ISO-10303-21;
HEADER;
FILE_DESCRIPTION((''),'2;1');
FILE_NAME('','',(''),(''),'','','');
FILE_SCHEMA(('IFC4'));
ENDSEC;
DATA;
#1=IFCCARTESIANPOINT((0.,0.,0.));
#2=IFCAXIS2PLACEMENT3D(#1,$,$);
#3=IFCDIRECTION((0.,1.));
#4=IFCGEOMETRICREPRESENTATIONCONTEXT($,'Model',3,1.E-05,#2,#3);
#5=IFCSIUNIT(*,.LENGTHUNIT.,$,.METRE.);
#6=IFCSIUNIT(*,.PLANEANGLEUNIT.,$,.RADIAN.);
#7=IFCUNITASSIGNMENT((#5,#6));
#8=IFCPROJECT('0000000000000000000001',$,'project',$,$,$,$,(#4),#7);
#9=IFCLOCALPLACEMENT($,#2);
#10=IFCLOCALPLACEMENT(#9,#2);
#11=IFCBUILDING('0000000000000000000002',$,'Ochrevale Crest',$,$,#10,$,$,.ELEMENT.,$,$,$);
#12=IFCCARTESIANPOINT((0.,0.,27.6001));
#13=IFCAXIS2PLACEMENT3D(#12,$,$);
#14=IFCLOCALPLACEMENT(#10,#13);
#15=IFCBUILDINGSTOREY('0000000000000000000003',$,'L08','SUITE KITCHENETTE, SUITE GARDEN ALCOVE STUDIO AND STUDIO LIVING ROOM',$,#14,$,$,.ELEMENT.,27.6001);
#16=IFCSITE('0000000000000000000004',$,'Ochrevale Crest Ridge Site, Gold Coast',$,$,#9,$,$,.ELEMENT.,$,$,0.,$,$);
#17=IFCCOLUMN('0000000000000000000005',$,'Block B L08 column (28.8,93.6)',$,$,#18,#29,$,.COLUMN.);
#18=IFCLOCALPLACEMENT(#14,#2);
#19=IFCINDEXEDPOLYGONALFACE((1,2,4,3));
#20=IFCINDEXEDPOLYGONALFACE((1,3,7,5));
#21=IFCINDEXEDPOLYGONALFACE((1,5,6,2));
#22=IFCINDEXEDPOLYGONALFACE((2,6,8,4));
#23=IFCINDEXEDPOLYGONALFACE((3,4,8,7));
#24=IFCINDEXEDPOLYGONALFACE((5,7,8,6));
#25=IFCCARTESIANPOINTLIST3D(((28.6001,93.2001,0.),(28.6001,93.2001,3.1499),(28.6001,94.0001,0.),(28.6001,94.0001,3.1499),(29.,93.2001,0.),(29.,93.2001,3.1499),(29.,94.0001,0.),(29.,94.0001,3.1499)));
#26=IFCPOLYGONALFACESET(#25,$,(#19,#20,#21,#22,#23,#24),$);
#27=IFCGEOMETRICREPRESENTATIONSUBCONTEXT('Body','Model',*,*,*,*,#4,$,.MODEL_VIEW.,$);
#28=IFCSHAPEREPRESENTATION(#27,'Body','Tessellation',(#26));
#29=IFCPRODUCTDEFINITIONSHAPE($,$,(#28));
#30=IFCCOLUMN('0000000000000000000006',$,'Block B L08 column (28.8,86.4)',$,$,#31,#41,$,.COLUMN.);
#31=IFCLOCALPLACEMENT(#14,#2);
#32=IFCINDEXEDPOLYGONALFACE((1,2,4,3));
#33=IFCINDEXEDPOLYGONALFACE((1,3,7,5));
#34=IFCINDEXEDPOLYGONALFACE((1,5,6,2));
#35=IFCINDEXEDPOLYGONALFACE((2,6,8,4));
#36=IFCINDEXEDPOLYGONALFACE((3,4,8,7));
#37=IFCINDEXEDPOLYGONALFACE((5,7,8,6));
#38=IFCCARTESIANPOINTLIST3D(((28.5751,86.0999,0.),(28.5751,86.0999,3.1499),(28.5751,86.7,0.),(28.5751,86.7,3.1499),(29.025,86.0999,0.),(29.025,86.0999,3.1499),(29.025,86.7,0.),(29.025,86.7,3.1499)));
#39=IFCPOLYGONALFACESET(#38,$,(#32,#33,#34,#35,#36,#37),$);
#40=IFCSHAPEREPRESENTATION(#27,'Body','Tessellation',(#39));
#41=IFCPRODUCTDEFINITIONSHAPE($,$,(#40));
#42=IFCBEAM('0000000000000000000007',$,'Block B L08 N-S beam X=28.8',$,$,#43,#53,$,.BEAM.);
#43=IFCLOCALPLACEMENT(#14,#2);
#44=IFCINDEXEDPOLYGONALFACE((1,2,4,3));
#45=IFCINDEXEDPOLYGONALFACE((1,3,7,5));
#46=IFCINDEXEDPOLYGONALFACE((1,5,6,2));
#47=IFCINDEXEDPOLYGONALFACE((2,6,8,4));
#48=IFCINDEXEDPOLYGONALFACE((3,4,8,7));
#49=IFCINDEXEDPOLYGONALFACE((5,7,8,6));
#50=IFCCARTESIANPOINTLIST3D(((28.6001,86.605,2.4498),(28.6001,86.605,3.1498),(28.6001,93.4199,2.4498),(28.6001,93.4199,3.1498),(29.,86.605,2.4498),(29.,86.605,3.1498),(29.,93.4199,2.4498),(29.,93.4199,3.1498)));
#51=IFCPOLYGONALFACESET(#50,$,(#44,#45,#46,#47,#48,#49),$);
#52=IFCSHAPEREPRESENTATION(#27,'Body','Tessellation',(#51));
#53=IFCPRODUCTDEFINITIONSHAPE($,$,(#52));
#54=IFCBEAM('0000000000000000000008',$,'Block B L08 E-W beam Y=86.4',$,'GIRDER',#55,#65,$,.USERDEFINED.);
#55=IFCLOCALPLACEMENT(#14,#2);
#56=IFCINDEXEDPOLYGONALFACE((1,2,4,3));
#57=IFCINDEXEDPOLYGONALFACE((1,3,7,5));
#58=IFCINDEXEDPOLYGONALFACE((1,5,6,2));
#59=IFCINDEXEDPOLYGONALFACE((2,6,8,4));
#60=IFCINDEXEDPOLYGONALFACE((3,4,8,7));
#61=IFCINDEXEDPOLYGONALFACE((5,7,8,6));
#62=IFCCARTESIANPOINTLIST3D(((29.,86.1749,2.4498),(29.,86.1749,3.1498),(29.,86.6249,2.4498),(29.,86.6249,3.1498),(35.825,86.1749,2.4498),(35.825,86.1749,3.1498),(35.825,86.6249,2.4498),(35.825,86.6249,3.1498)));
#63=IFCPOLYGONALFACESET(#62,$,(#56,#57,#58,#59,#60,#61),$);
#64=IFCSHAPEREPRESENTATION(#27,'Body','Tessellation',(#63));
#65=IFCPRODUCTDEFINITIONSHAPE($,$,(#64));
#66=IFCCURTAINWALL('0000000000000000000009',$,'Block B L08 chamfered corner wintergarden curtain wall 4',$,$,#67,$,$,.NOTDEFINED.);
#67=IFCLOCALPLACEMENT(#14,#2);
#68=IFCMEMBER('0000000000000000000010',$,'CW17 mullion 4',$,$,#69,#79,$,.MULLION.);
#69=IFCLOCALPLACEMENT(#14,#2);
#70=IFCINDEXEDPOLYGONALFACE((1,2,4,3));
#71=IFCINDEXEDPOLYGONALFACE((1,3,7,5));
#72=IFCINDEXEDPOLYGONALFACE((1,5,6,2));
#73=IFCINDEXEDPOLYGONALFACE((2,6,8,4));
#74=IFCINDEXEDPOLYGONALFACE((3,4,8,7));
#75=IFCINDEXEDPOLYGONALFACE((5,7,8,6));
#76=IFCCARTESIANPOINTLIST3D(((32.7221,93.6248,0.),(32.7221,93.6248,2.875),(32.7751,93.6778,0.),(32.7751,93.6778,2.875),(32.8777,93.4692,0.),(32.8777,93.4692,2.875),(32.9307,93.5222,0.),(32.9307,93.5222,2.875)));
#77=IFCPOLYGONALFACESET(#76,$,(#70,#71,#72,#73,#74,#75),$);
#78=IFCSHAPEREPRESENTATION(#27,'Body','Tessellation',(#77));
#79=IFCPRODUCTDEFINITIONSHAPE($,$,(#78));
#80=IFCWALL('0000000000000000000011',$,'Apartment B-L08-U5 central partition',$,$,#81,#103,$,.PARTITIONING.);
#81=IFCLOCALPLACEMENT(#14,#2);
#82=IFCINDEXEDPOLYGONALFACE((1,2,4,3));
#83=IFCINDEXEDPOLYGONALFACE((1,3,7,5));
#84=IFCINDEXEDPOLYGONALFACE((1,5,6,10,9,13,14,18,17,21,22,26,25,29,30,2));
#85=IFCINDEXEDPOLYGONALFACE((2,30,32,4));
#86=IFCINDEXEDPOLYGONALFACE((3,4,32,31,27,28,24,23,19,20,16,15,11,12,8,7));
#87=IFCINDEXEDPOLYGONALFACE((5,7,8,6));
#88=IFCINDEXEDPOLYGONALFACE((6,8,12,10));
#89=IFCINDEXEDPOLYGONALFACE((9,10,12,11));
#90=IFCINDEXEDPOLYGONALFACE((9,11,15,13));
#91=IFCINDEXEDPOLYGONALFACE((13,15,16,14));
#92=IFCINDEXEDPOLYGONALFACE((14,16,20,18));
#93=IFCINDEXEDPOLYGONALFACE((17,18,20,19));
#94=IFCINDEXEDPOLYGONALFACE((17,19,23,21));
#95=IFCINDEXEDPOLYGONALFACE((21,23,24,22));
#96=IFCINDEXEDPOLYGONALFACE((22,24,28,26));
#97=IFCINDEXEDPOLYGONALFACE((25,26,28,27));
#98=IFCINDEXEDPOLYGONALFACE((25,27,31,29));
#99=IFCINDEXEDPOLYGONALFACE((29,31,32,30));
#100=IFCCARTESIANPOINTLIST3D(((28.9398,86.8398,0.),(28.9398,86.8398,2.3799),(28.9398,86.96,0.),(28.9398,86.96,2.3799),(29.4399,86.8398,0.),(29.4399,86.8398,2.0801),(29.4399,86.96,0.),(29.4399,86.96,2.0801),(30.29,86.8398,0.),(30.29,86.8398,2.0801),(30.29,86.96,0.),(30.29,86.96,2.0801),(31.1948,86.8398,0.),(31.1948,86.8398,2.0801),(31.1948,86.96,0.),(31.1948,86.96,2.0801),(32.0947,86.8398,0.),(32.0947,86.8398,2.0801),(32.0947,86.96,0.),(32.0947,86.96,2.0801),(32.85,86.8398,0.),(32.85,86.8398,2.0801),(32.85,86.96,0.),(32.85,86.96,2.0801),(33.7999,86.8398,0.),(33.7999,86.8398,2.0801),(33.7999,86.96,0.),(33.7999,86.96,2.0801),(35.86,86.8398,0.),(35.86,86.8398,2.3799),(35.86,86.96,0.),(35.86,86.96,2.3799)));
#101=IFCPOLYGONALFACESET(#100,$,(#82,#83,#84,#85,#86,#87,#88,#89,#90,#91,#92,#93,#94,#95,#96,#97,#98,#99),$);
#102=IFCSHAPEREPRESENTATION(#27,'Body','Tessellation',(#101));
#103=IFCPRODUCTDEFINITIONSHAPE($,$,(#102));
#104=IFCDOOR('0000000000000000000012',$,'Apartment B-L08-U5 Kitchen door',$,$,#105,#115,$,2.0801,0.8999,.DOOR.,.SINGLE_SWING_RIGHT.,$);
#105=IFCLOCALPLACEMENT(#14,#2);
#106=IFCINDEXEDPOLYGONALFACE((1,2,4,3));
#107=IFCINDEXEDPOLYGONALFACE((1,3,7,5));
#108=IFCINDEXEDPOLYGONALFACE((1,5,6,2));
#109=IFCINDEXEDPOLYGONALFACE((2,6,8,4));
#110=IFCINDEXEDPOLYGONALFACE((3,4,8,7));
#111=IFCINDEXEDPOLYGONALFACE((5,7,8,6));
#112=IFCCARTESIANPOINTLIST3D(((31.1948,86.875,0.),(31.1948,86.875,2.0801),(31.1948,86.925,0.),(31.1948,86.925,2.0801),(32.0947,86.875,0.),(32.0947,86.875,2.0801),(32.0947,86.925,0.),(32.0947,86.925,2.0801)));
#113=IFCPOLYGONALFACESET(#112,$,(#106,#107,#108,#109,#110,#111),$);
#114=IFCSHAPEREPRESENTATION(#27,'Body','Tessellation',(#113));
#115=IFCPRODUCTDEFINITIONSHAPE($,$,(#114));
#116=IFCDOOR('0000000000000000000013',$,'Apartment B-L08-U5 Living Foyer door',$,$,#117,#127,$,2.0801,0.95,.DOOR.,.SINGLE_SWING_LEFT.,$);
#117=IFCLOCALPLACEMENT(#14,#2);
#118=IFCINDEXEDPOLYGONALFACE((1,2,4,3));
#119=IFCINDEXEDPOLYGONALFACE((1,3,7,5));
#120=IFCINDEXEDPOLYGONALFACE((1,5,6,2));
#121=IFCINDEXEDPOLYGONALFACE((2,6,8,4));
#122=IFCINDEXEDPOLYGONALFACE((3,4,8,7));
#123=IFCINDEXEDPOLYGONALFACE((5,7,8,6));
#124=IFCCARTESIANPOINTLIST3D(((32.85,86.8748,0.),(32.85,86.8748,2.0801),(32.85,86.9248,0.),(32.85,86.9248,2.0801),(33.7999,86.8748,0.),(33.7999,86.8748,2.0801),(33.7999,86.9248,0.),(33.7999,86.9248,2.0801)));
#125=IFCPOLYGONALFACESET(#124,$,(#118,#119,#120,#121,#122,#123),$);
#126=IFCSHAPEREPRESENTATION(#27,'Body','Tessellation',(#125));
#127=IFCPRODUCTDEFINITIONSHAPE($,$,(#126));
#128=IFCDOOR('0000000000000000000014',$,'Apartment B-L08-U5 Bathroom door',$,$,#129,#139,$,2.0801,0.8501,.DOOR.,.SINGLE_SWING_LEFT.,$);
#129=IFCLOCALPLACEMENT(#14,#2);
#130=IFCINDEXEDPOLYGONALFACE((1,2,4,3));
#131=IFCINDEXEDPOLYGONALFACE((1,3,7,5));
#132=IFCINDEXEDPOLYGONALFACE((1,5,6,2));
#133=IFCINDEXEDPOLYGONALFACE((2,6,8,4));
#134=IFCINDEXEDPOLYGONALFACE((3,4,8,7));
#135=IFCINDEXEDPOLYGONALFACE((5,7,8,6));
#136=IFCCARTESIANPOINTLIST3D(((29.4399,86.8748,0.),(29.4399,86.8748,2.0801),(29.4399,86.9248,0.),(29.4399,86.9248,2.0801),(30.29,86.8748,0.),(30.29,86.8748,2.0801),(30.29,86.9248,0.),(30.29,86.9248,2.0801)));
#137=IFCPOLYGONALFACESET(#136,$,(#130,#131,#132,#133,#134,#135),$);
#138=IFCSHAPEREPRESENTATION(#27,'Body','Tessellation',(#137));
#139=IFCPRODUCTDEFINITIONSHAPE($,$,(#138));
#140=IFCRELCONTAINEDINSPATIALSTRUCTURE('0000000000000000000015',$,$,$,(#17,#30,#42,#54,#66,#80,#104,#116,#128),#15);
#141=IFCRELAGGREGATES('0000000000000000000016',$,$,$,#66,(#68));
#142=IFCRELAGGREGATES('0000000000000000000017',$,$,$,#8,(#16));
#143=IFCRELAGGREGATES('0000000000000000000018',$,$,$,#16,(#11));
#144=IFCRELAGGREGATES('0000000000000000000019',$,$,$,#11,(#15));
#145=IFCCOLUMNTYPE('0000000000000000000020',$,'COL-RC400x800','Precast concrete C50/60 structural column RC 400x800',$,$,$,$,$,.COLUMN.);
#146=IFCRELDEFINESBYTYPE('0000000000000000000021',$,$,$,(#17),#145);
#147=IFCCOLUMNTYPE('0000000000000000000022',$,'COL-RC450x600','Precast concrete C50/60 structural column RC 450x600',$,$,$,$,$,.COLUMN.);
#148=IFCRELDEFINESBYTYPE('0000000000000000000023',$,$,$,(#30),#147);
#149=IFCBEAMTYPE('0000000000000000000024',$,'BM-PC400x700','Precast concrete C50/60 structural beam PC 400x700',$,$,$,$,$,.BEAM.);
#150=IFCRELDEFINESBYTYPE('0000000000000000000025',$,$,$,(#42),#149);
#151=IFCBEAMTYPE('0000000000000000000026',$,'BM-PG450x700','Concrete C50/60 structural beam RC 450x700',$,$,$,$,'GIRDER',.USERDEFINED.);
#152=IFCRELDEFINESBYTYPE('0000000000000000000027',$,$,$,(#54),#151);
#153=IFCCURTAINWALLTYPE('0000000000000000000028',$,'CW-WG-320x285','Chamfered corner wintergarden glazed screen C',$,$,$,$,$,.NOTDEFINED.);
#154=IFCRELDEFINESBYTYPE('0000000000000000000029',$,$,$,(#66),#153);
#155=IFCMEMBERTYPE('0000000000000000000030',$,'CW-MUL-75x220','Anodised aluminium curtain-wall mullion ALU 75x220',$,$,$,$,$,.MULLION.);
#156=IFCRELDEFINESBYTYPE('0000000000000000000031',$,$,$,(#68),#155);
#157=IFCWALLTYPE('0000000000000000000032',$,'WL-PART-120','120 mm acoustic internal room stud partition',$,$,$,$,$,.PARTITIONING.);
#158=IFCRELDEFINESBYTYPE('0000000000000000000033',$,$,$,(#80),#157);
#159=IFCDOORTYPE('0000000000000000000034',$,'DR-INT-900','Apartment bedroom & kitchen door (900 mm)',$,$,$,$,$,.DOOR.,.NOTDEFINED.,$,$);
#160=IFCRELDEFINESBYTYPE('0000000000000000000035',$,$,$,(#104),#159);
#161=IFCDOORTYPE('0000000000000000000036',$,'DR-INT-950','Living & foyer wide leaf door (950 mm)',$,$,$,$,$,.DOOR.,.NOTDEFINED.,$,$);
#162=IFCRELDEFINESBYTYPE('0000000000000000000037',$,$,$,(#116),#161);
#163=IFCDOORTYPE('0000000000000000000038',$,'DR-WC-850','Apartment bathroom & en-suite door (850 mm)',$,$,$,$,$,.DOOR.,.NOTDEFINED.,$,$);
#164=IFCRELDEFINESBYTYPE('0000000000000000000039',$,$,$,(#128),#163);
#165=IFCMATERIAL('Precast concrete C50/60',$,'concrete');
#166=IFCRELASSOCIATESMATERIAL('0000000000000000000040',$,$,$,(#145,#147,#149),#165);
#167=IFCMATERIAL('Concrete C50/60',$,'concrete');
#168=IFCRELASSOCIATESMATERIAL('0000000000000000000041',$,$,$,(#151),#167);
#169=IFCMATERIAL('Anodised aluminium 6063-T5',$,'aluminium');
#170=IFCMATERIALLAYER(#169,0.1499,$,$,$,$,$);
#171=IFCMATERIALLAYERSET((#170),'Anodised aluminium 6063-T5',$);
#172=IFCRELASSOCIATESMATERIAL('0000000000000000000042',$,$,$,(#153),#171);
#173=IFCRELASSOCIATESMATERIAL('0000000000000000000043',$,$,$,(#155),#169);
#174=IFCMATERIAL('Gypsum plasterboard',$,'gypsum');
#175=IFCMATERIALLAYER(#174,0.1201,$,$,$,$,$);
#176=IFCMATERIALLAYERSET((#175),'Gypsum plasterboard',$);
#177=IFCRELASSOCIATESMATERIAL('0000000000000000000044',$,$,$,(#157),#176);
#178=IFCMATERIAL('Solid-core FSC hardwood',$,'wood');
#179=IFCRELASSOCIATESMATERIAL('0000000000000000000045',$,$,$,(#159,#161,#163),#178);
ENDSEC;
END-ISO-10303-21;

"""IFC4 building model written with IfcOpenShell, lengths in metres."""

from ifc_helpers import new_model, si_unit, direction, frame, frame_2d, origin, origin_2d, place, context, subcontext, project, spatial, rectangle, extrude, material, layer, layer_set, material_profile, profile_set, type_object, element, fill, aggregate, save


model = new_model("IFC4")

# Units and contexts
model_context = context("Model", 3, precision=1e-05, world=origin(), true_north=direction((0.0, 1.0)))
body_context = subcontext(model_context, "Body", "Model", "MODEL_VIEW")
ifc_project = project(units=[si_unit("LENGTHUNIT", "METRE"), si_unit("PLANEANGLEUNIT", "RADIAN")], contexts=[model_context])

# Site, building, storey
site_placement = place(None, origin())
site = spatial("IfcSite", under=ifc_project, at=site_placement, Name="Ochrevale Crest Ridge Site, Gold Coast", CompositionType="ELEMENT", RefElevation=0.0)
building_placement = place(site_placement, origin())
building = spatial("IfcBuilding", under=site, at=building_placement, Name="Ochrevale Crest", CompositionType="ELEMENT")
storey_placement = place(building_placement, frame((0.0, 0.0, 27.6001)))
storey = spatial("IfcBuildingStorey", under=building, at=storey_placement, Name="L08", Description="SUITE KITCHENETTE, SUITE GARDEN ALCOVE STUDIO AND STUDIO LIVING ROOM", CompositionType="ELEMENT", Elevation=27.6001)

# Columns
ifc_material_1 = material(Name="Precast concrete C50/60", Category="concrete")
ifc_material_profile_1 = material_profile(ifc_material_1, rectangle(XDim=0.3999, YDim=0.8, at=origin_2d()), Name="RC 400x800")
ifc_profile_set_1 = profile_set([ifc_material_profile_1], Name="Precast concrete C50/60")
column_type_1 = type_object("IfcColumnType", Name="COL-RC400x800", Description="Precast concrete C50/60 structural column RC 400x800", PredefinedType="COLUMN", material=ifc_profile_set_1)
column_1_placement = place(storey_placement, frame((28.8, 93.6001, 0.0), z_axis=(0.0, 0.0, 1.0), x_axis=(1.0, 0.0, 0.0)))
element("IfcColumn", 1, at=column_1_placement, inside=storey, type_object=column_type_1, Name="Block B L08 column (28.8,93.6)", PredefinedType="COLUMN", context=body_context, shape_type="SweptSolid", body=[
    extrude(rectangle(XDim=0.3999, YDim=0.8, at=origin_2d()), origin(), (0.0, 0.0, 1.0), 3.1499),
])
ifc_material_profile_2 = material_profile(ifc_material_1, rectangle(XDim=0.45, YDim=0.6001, at=origin_2d()), Name="RC 450x600")
ifc_profile_set_2 = profile_set([ifc_material_profile_2], Name="Precast concrete C50/60")
column_type_2 = type_object("IfcColumnType", Name="COL-RC450x600", Description="Precast concrete C50/60 structural column RC 450x600", PredefinedType="COLUMN", material=ifc_profile_set_2)
column_2_placement = place(storey_placement, frame((28.8, 86.3999, 0.0), z_axis=(0.0, 0.0, 1.0), x_axis=(1.0, 0.0, 0.0)))
element("IfcColumn", 2, at=column_2_placement, inside=storey, type_object=column_type_2, Name="Block B L08 column (28.8,86.4)", PredefinedType="COLUMN", context=body_context, shape_type="SweptSolid", body=[
    extrude(rectangle(XDim=0.45, YDim=0.6001, at=origin_2d()), origin(), (0.0, 0.0, 1.0), 3.1499),
])

# Beams
ifc_material_profile_3 = material_profile(ifc_material_1, rectangle(XDim=0.3999, YDim=0.7, at=origin_2d()), Name="PC 400x700")
ifc_profile_set_3 = profile_set([ifc_material_profile_3], Name="Precast concrete C50/60")
beam_type_1 = type_object("IfcBeamType", Name="BM-PC400x700", Description="Precast concrete C50/60 structural beam PC 400x700", PredefinedType="BEAM", material=ifc_profile_set_3)
beam_1_placement = place(storey_placement, frame((28.8, 86.605, 2.7998), z_axis=(0.0, 1.0, 0.0), x_axis=(-1.0, 0.0, 0.0)))
element("IfcBeam", 3, at=beam_1_placement, inside=storey, type_object=beam_type_1, Name="Block B L08 N-S beam X=28.8", PredefinedType="BEAM", context=body_context, shape_type="SweptSolid", body=[
    extrude(rectangle(XDim=0.3999, YDim=0.7, at=origin_2d()), origin(), (0.0, 0.0, 1.0), 6.8149),
])
ifc_material_2 = material(Name="Concrete C50/60", Category="concrete")
ifc_material_profile_4 = material_profile(ifc_material_2, rectangle(XDim=0.45, YDim=0.7, at=origin_2d()), Name="RC 450x700")
ifc_profile_set_4 = profile_set([ifc_material_profile_4], Name="Concrete C50/60")
beam_type_2 = type_object("IfcBeamType", Name="BM-PG450x700", Description="Concrete C50/60 structural beam RC 450x700", ElementType="GIRDER", PredefinedType="USERDEFINED", material=ifc_profile_set_4)
beam_2_placement = place(storey_placement, frame((29.0, 86.3999, 2.7998), z_axis=(1.0, 0.0, 0.0), x_axis=(0.0, 1.0, 0.0)))
element("IfcBeam", 4, at=beam_2_placement, inside=storey, type_object=beam_type_2, Name="Block B L08 E-W beam Y=86.4", ObjectType="GIRDER", PredefinedType="USERDEFINED", context=body_context, shape_type="SweptSolid", body=[
    extrude(rectangle(XDim=0.45, YDim=0.7, at=origin_2d()), origin(), (0.0, 0.0, 1.0), 6.825),
])

# Curtain wall, member
ifc_material_3 = material(Name="Anodised aluminium 6063-T5", Category="aluminium")
ifc_layer_1 = layer(ifc_material_3, 0.1499)
ifc_layer_set_1 = layer_set([ifc_layer_1], Name="Anodised aluminium 6063-T5")
curtain_wall_type = type_object("IfcCurtainWallType", Name="CW-WG-320x285", Description="Chamfered corner wintergarden glazed screen C", PredefinedType="NOTDEFINED", material=ifc_layer_set_1)
curtain_wall_placement = place(storey_placement, origin())
curtain_wall = element("IfcCurtainWall", 5, at=curtain_wall_placement, inside=storey, type_object=curtain_wall_type, Name="Block B L08 chamfered corner wintergarden curtain wall 4", PredefinedType="NOTDEFINED")
ifc_material_profile_5 = material_profile(ifc_material_3, rectangle(XDim=0.075, YDim=0.22, at=origin_2d()), Name="ALU 75x220")
ifc_profile_set_5 = profile_set([ifc_material_profile_5], Name="Anodised aluminium 6063-T5")
member_type = type_object("IfcMemberType", Name="CW-MUL-75x220", Description="Anodised aluminium curtain-wall mullion ALU 75x220", PredefinedType="MULLION", material=ifc_profile_set_5)
member_placement = place(storey_placement, frame((32.8264, 93.5735, 0.0), z_axis=(0.0, 0.0, 1.0), x_axis=(-0.707107, -0.707107, 0.0)))
member = element("IfcMember", 6, at=member_placement, type_object=member_type, Name="CW17 mullion 4", PredefinedType="MULLION", context=body_context, shape_type="SweptSolid", body=[
    extrude(rectangle(XDim=0.075, YDim=0.22, at=origin_2d()), origin(), (0.0, 0.0, 1.0), 2.875),
])
aggregate(curtain_wall, [member])

# Wall, openings, doors
ifc_material_4 = material(Name="Gypsum plasterboard", Category="gypsum")
ifc_layer_2 = layer(ifc_material_4, 0.1201)
ifc_layer_set_2 = layer_set([ifc_layer_2], Name="Gypsum plasterboard")
wall_type_1 = type_object("IfcWallType", Name="WL-PART-120", Description="120 mm acoustic internal room stud partition", PredefinedType="PARTITIONING", material=ifc_layer_set_2)
wall_1_placement = place(storey_placement, frame((28.9399, 86.8999, 0.0), z_axis=(0.0, 0.0, 1.0), x_axis=(1.0, 0.0, 0.0)))
wall_1 = element("IfcWall", 7, at=wall_1_placement, inside=storey, type_object=wall_type_1, Name="Apartment B-L08-U5 central partition", PredefinedType="PARTITIONING", context=body_context, shape_type="SweptSolid", body=[
    extrude(rectangle(XDim=6.9202, YDim=0.1201, at=frame_2d((3.46, 0.0))), origin(), (0.0, 0.0, 1.0), 2.3799),
])
opening_1_placement = place(wall_1_placement, frame((0.5, 0.0, 0.0)))
opening_1 = element("IfcOpeningElement", 8, at=opening_1_placement, cuts=wall_1, PredefinedType="OPENING", context=body_context, shape_type="SweptSolid", body=[
    extrude(rectangle(XDim=0.8501, YDim=2.0801, at=frame_2d((0.425, 1.04))), frame((0.0, 0.0701, 0.0), z_axis=(0.0, -1.0, 0.0), x_axis=(1.0, 0.0, 0.0)), (0.0, 0.0, 1.0), 0.1401),
])
opening_2_placement = place(wall_1_placement, frame((3.1548, 0.0, 0.0), z_axis=(0.0, 0.0, 1.0), x_axis=(-1.0, 0.0, 0.0)))
opening_2 = element("IfcOpeningElement", 9, at=opening_2_placement, cuts=wall_1, PredefinedType="OPENING", context=body_context, shape_type="SweptSolid", body=[
    extrude(rectangle(XDim=0.8999, YDim=2.0801, at=frame_2d((0.45, 1.04))), frame((0.0, 0.0701, 0.0), z_axis=(0.0, -1.0, 0.0), x_axis=(1.0, 0.0, 0.0)), (0.0, 0.0, 1.0), 0.1401),
])
opening_3_placement = place(wall_1_placement, frame((3.9099, 0.0, 0.0)))
opening_3 = element("IfcOpeningElement", 10, at=opening_3_placement, cuts=wall_1, PredefinedType="OPENING", context=body_context, shape_type="SweptSolid", body=[
    extrude(rectangle(XDim=0.95, YDim=2.0801, at=frame_2d((0.4751, 1.04))), frame((0.0, 0.0701, 0.0), z_axis=(0.0, -1.0, 0.0), x_axis=(1.0, 0.0, 0.0)), (0.0, 0.0, 1.0), 0.1401),
])
ifc_material_5 = material(Name="Solid-core FSC hardwood", Category="wood")
door_type_1 = type_object("IfcDoorType", Name="DR-INT-900", Description="Apartment bedroom & kitchen door (900 mm)", OperationType="NOTDEFINED", PredefinedType="DOOR", material=ifc_material_5)
door_1_placement = place(opening_2_placement, origin())
door_1 = element("IfcDoor", 11, at=door_1_placement, inside=storey, type_object=door_type_1, Name="Apartment B-L08-U5 Kitchen door", OperationType="SINGLE_SWING_RIGHT", OverallHeight=2.0801, OverallWidth=0.8999, PredefinedType="DOOR", context=body_context, shape_type="SweptSolid", body=[
    extrude(rectangle(XDim=0.8999, YDim=2.0801, at=frame_2d((0.45, 1.04))), frame((0.0, 0.0249, 0.0), z_axis=(0.0, -1.0, 0.0), x_axis=(1.0, 0.0, 0.0)), (0.0, 0.0, 1.0), 0.05),
])
fill(opening_2, door_1)
door_type_2 = type_object("IfcDoorType", Name="DR-INT-950", Description="Living & foyer wide leaf door (950 mm)", OperationType="NOTDEFINED", PredefinedType="DOOR", material=ifc_material_5)
door_2_placement = place(opening_3_placement, origin())
door_2 = element("IfcDoor", 12, at=door_2_placement, inside=storey, type_object=door_type_2, Name="Apartment B-L08-U5 Living Foyer door", OperationType="SINGLE_SWING_LEFT", OverallHeight=2.0801, OverallWidth=0.95, PredefinedType="DOOR", context=body_context, shape_type="SweptSolid", body=[
    extrude(rectangle(XDim=0.95, YDim=2.0801, at=frame_2d((0.4751, 1.04))), frame((0.0, 0.0249, 0.0), z_axis=(0.0, -1.0, 0.0), x_axis=(1.0, 0.0, 0.0)), (0.0, 0.0, 1.0), 0.05),
])
fill(opening_3, door_2)
door_type_3 = type_object("IfcDoorType", Name="DR-WC-850", Description="Apartment bathroom & en-suite door (850 mm)", OperationType="NOTDEFINED", PredefinedType="DOOR", material=ifc_material_5)
door_3_placement = place(opening_1_placement, origin())
door_3 = element("IfcDoor", 13, at=door_3_placement, inside=storey, type_object=door_type_3, Name="Apartment B-L08-U5 Bathroom door", OperationType="SINGLE_SWING_LEFT", OverallHeight=2.0801, OverallWidth=0.8501, PredefinedType="DOOR", context=body_context, shape_type="SweptSolid", body=[
    extrude(rectangle(XDim=0.8501, YDim=2.0801, at=frame_2d((0.425, 1.04))), frame((0.0, 0.0249, 0.0), z_axis=(0.0, -1.0, 0.0), x_axis=(1.0, 0.0, 0.0)), (0.0, 0.0, 1.0), 0.05),
])
fill(opening_1, door_3)

save(model, "model.ifc")
